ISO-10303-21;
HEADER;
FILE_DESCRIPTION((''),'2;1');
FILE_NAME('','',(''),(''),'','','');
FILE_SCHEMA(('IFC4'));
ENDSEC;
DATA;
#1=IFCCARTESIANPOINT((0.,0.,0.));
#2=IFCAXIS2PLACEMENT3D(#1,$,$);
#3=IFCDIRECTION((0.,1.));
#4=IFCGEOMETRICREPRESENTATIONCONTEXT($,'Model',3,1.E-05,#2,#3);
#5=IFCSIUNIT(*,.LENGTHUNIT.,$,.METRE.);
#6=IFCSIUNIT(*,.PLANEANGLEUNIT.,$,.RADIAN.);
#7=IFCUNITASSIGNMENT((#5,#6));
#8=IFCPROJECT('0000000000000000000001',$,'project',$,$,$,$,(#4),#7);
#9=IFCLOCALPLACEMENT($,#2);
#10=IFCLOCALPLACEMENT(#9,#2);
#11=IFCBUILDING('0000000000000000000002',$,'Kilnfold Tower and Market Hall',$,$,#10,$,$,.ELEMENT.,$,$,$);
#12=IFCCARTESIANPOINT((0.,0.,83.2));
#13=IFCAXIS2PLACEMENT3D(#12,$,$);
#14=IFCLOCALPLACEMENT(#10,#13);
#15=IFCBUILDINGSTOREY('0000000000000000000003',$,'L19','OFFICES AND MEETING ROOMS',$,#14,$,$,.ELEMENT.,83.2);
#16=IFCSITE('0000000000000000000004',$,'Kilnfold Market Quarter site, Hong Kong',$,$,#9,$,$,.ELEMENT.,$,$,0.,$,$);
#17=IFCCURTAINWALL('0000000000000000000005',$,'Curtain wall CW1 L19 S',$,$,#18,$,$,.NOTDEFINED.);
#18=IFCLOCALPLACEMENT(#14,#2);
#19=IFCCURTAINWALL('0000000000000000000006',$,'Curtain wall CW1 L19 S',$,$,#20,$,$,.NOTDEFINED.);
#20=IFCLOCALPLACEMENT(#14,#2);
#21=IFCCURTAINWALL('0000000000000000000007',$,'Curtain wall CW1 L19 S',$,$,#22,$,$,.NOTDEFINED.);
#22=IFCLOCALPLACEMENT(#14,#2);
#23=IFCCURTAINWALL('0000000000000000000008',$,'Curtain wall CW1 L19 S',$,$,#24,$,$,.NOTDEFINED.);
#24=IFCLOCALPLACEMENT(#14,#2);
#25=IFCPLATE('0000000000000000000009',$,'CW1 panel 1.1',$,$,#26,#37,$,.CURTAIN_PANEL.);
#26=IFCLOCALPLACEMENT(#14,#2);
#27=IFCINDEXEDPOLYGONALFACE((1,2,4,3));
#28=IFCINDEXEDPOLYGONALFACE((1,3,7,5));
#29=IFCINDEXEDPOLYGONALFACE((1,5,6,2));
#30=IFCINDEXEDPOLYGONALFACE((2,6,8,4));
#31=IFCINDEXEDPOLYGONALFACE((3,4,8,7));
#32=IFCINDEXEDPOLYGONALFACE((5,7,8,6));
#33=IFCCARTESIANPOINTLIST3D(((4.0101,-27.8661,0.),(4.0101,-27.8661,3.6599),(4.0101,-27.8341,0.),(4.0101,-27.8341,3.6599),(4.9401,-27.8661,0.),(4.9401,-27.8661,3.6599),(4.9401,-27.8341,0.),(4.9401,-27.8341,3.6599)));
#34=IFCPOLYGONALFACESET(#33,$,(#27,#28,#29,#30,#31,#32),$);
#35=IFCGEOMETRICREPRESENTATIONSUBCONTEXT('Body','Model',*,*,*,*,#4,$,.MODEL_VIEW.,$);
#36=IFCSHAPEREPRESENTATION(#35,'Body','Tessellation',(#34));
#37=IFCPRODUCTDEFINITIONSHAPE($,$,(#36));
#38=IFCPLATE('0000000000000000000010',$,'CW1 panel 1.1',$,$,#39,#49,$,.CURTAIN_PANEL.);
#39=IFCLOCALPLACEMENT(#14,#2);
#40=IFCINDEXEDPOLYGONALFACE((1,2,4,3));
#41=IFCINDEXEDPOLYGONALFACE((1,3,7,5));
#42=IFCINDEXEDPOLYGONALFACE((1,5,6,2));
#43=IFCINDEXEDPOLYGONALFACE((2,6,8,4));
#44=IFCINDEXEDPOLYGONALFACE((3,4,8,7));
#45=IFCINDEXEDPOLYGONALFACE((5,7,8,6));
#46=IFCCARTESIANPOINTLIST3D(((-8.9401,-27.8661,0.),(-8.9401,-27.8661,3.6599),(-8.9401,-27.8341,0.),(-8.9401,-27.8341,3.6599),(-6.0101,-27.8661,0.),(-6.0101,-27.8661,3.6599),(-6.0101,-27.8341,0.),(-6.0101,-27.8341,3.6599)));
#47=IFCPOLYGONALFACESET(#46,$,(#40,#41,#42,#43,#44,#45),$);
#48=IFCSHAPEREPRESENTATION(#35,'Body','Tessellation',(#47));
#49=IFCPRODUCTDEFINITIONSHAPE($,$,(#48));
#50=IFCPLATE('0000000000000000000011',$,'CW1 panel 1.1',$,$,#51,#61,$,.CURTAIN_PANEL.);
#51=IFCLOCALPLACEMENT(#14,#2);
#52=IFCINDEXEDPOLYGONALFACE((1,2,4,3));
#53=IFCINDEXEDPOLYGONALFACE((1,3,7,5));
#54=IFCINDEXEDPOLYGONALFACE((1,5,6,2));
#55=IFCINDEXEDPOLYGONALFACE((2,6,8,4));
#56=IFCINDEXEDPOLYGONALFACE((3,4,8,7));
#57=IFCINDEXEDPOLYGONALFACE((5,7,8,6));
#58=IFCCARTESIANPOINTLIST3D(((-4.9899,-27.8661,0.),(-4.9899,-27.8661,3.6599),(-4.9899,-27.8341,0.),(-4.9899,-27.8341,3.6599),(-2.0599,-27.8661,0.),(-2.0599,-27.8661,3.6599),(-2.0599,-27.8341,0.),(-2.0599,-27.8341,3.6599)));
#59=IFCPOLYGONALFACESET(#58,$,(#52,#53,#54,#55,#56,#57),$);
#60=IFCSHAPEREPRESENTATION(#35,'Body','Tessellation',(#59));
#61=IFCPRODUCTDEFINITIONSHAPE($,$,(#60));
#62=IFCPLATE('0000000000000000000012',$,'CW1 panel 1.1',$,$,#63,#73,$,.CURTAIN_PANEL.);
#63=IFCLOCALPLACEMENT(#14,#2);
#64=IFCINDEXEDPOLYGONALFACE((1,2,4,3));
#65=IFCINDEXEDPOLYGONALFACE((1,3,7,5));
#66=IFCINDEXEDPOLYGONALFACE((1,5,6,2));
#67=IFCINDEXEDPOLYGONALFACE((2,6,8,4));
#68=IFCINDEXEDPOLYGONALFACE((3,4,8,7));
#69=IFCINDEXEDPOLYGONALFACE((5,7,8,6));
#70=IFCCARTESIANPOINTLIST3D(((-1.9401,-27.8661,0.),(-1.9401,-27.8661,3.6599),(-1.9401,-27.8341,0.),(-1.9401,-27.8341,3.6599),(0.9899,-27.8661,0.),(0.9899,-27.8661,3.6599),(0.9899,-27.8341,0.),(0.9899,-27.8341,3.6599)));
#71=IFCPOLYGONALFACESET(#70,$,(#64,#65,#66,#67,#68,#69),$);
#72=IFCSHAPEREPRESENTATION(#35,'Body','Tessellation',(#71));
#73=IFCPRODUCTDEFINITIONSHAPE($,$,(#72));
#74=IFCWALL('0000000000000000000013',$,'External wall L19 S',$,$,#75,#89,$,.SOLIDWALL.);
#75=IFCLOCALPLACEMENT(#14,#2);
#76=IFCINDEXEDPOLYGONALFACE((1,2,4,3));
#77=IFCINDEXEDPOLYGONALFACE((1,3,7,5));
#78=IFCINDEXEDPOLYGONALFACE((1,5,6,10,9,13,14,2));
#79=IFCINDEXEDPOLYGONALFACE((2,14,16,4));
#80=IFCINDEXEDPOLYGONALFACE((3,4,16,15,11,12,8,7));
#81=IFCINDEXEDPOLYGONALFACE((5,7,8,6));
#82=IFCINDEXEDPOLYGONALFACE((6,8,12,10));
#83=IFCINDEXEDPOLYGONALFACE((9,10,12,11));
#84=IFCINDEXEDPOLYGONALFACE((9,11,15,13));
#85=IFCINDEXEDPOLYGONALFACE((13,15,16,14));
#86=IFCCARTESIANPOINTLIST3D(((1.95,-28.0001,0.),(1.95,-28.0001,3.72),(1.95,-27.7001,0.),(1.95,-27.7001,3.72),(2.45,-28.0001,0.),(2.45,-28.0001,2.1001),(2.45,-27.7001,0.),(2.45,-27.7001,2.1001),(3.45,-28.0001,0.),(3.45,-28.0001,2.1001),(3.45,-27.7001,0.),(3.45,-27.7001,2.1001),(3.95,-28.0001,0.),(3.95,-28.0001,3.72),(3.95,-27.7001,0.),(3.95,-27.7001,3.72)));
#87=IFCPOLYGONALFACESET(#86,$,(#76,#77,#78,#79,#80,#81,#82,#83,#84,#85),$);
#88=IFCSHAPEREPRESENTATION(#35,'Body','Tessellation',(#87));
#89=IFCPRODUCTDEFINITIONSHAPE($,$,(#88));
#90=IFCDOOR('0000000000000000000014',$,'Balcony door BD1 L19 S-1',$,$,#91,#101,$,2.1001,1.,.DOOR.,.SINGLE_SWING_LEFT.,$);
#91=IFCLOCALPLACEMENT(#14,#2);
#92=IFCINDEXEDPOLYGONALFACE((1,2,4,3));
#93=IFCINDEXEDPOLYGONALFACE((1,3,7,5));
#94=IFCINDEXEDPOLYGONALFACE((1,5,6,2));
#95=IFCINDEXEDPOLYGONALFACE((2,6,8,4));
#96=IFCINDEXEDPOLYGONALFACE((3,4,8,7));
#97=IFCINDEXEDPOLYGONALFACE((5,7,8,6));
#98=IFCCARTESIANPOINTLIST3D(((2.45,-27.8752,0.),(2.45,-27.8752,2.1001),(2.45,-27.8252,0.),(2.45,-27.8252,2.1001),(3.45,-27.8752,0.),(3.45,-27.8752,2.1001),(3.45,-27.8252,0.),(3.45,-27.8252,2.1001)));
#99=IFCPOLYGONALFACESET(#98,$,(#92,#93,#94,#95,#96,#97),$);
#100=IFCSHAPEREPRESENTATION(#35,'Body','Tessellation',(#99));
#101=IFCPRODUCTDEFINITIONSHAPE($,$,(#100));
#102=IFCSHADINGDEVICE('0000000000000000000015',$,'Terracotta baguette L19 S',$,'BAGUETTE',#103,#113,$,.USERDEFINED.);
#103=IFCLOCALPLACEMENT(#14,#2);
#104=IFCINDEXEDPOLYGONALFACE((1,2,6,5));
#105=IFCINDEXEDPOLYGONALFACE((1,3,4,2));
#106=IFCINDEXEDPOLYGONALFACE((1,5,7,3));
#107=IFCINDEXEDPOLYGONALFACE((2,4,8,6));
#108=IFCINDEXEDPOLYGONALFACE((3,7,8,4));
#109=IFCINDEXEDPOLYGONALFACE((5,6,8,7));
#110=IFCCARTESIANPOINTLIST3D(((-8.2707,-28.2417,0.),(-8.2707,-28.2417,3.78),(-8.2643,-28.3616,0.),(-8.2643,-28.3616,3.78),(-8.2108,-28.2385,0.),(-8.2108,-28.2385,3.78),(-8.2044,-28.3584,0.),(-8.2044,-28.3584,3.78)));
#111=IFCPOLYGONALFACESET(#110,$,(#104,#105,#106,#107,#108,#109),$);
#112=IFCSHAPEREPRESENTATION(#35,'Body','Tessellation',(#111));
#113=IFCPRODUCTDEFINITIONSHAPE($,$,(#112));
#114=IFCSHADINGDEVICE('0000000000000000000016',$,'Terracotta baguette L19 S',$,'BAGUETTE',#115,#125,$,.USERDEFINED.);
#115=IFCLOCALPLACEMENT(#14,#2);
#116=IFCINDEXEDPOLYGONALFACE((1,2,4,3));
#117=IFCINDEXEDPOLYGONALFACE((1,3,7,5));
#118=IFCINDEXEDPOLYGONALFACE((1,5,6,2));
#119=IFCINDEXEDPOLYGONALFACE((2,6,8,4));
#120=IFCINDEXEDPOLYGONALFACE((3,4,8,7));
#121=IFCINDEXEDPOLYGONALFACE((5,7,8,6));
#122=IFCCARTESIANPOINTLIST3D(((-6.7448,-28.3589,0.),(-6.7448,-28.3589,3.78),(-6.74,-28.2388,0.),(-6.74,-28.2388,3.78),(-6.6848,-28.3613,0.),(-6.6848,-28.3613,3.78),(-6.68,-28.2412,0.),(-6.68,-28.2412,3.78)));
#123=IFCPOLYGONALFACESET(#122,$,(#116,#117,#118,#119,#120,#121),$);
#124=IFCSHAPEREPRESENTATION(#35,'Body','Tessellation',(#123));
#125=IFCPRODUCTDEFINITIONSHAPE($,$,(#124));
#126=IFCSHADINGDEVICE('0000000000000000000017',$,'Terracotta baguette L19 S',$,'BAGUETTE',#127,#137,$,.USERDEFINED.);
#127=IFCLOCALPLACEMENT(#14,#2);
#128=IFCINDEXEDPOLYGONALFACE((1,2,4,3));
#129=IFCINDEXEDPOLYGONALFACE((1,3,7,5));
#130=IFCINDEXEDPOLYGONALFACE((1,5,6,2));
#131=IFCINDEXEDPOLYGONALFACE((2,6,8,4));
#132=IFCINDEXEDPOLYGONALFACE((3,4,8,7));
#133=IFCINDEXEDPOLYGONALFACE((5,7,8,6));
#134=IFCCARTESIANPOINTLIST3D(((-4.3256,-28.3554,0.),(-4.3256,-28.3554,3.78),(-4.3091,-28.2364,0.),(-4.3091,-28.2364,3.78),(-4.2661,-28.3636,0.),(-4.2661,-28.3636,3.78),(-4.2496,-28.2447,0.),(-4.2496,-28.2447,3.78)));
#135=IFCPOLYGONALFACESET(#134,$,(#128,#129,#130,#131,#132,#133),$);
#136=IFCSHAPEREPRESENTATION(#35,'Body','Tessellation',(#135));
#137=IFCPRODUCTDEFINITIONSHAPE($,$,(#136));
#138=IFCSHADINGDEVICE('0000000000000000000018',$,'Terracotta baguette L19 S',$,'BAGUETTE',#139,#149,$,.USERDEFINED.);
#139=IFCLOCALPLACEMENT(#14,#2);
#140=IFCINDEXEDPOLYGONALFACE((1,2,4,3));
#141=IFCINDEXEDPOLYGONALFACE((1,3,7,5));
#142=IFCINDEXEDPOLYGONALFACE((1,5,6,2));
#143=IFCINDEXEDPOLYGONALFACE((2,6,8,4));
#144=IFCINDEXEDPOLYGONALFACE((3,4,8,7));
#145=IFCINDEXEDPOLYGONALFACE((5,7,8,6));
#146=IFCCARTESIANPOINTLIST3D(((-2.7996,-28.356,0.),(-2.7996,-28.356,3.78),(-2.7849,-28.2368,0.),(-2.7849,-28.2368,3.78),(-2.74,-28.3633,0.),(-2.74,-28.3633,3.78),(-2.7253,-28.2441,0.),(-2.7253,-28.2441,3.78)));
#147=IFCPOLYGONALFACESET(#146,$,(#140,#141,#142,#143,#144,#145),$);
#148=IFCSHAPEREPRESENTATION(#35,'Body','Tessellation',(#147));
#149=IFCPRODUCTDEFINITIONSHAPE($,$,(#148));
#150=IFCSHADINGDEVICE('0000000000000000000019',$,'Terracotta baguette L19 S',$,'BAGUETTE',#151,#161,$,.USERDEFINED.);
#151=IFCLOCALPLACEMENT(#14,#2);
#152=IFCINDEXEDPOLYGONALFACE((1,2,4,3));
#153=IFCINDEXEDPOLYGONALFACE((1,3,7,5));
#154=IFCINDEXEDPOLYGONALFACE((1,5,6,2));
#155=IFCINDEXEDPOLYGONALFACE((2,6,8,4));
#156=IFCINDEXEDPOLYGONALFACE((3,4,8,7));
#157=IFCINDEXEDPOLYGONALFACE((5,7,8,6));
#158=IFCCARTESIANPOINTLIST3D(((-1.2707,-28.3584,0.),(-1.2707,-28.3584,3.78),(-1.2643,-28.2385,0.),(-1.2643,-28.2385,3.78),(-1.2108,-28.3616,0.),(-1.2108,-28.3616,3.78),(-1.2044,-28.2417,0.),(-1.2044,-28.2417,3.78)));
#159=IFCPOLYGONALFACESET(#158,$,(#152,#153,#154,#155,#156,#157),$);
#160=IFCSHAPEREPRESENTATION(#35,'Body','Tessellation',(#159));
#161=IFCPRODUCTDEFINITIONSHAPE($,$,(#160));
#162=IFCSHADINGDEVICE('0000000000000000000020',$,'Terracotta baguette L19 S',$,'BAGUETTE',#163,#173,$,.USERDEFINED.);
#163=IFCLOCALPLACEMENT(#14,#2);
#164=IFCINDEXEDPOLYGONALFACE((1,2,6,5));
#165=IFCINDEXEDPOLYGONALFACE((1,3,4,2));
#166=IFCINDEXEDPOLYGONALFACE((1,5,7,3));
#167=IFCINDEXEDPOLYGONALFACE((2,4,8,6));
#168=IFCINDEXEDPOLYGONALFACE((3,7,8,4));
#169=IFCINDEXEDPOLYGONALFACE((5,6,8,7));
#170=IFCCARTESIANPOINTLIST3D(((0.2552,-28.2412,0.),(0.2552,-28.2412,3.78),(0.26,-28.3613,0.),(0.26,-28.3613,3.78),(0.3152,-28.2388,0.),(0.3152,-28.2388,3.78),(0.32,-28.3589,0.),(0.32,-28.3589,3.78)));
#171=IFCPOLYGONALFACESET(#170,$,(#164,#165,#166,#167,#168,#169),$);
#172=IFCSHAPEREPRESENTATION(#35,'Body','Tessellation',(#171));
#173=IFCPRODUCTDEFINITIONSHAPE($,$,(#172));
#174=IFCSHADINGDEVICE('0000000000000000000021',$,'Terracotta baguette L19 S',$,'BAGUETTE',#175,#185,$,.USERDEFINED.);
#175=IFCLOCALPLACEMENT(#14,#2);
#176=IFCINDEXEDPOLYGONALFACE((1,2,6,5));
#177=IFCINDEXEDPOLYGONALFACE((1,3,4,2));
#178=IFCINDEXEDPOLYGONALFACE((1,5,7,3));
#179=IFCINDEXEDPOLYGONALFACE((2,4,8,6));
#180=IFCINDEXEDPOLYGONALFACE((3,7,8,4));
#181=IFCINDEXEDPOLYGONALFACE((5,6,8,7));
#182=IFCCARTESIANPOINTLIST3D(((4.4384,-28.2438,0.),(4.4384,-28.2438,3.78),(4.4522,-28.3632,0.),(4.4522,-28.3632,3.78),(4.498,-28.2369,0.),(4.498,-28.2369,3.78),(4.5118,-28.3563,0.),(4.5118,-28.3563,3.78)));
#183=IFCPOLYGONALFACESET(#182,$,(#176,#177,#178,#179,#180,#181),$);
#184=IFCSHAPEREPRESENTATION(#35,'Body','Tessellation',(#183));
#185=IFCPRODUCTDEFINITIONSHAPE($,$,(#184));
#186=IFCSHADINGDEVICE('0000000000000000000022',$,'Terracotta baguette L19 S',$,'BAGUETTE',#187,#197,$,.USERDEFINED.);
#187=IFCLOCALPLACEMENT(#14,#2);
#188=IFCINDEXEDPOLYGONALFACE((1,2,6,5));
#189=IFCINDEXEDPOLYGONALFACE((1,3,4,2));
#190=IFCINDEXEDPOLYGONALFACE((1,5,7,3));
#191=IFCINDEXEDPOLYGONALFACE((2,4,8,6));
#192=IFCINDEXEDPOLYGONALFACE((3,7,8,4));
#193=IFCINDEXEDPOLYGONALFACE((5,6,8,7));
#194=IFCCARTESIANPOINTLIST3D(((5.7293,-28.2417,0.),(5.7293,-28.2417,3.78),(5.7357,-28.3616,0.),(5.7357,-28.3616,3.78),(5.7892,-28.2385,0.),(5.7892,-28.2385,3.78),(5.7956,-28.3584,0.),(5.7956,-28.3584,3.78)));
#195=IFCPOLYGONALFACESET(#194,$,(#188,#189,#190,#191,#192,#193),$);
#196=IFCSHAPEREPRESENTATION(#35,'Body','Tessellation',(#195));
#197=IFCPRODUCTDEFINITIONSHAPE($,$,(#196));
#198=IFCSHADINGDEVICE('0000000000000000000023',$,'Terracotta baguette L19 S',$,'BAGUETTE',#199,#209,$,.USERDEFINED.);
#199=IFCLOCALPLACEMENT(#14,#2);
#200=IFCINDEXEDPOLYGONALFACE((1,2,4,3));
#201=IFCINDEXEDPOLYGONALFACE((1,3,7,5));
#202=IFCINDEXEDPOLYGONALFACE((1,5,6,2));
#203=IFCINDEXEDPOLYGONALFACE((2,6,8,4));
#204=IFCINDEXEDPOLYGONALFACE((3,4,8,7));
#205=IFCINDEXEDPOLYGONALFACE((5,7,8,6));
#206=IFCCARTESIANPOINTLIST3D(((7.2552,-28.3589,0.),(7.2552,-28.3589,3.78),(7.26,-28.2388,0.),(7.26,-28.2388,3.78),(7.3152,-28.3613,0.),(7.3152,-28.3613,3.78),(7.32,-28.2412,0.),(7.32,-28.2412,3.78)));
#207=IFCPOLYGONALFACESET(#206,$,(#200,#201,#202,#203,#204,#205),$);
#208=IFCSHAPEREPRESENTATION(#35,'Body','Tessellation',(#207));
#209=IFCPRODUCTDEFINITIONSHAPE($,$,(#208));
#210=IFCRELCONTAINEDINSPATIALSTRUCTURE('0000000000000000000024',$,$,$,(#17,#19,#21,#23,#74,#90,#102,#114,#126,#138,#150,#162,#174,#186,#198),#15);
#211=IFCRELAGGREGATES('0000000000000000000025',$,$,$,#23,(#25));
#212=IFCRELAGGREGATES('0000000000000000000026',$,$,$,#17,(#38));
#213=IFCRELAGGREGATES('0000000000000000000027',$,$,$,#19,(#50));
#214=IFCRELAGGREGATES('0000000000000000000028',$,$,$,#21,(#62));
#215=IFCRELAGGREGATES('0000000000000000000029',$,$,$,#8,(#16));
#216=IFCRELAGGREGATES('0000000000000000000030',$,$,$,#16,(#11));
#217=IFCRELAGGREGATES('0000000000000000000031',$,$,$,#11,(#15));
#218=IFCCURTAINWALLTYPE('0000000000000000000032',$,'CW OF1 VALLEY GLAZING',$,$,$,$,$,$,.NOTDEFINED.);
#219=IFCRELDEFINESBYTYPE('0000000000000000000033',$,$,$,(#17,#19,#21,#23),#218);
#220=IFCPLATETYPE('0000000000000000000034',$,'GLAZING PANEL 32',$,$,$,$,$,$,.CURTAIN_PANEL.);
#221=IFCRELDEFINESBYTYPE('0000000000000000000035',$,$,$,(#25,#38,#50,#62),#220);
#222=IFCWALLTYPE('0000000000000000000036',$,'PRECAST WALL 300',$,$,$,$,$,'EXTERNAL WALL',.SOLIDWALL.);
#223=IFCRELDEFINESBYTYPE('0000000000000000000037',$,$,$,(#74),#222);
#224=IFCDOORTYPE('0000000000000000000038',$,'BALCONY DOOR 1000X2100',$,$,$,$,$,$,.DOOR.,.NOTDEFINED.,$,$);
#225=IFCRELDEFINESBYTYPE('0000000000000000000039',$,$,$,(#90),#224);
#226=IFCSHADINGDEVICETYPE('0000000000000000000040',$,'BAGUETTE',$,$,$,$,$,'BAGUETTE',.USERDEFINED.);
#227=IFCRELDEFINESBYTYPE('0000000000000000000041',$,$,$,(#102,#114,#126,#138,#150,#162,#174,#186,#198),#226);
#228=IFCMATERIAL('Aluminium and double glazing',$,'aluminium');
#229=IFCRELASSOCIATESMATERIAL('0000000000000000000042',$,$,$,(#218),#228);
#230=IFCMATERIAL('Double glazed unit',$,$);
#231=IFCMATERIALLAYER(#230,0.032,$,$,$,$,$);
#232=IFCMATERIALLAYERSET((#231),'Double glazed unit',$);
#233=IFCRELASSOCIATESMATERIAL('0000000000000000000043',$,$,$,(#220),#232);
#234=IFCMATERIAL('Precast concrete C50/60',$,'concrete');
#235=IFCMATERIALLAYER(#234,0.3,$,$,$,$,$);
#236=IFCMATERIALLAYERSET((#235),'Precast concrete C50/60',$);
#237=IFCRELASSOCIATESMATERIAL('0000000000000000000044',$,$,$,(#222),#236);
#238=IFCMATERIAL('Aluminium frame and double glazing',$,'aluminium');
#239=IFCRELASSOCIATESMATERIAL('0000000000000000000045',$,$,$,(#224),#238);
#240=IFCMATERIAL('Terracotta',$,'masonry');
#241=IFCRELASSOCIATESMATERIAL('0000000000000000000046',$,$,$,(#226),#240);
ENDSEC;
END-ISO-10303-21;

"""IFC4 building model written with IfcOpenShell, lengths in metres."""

from ifc_helpers import new_model, si_unit, direction, frame, frame_2d, origin, origin_2d, place, context, subcontext, project, spatial, rectangle, extrude, source, transform, mapped, material, layer, layer_set, material_profile, profile_set, type_object, element, fill, aggregate, save


model = new_model("IFC4")

# Units and contexts
model_context = context("Model", 3, precision=1e-05, world=origin(), true_north=direction((0.0, 1.0)))
body_context = subcontext(model_context, "Body", "Model", "MODEL_VIEW")
ifc_project = project(units=[si_unit("LENGTHUNIT", "METRE"), si_unit("PLANEANGLEUNIT", "RADIAN")], contexts=[model_context])

# Site, building, storey
site_placement = place(None, origin())
site = spatial("IfcSite", under=ifc_project, at=site_placement, Name="Kilnfold Market Quarter site, Hong Kong", CompositionType="ELEMENT", RefElevation=0.0)
building_placement = place(site_placement, origin())
building = spatial("IfcBuilding", under=site, at=building_placement, Name="Kilnfold Tower and Market Hall", CompositionType="ELEMENT")
storey_placement = place(building_placement, frame((0.0, 0.0, 83.2)))
storey = spatial("IfcBuildingStorey", under=building, at=storey_placement, Name="L19", Description="OFFICES AND MEETING ROOMS", CompositionType="ELEMENT", Elevation=83.2)

# Shared definitions
ifc_material_1 = material(Name="Aluminium and double glazing", Category="aluminium")
curtain_wall_type = type_object("IfcCurtainWallType", Name="CW OF1 VALLEY GLAZING", PredefinedType="NOTDEFINED", material=ifc_material_1)

# Curtain walls
curtain_wall_1_placement = place(storey_placement, origin())
curtain_wall_1 = element("IfcCurtainWall", 1, at=curtain_wall_1_placement, inside=storey, type_object=curtain_wall_type, Name="Curtain wall CW1 L19 S", PredefinedType="NOTDEFINED")
curtain_wall_2_placement = place(storey_placement, origin())
curtain_wall_2 = element("IfcCurtainWall", 2, at=curtain_wall_2_placement, inside=storey, type_object=curtain_wall_type, Name="Curtain wall CW1 L19 S", PredefinedType="NOTDEFINED")
curtain_wall_3_placement = place(storey_placement, origin())
curtain_wall_3 = element("IfcCurtainWall", 3, at=curtain_wall_3_placement, inside=storey, type_object=curtain_wall_type, Name="Curtain wall CW1 L19 S", PredefinedType="NOTDEFINED")
curtain_wall_4_placement = place(storey_placement, origin())
curtain_wall_4 = element("IfcCurtainWall", 4, at=curtain_wall_4_placement, inside=storey, type_object=curtain_wall_type, Name="Curtain wall CW1 L19 S", PredefinedType="NOTDEFINED")

# Plates
ifc_material_2 = material(Name="Double glazed unit")
ifc_layer_1 = layer(ifc_material_2, 0.032)
ifc_layer_set_1 = layer_set([ifc_layer_1], Name="Double glazed unit")
plate_type = type_object("IfcPlateType", Name="GLAZING PANEL 32", PredefinedType="CURTAIN_PANEL", material=ifc_layer_set_1)
shared_shape_1 = source(origin(), body_context, "Body", "SweptSolid", [
    extrude(rectangle(XDim=0.9299, YDim=0.032, at=origin_2d()), origin(), (0.0, 0.0, 1.0), 3.6599),
])
plate_1_placement = place(storey_placement, frame((4.4751, -27.8501, 0.0), z_axis=(0.0, 0.0, 1.0), x_axis=(1.0, 0.0, 0.0)))
plate_1 = element("IfcPlate", 5, at=plate_1_placement, type_object=plate_type, Name="CW1 panel 1.1", PredefinedType="CURTAIN_PANEL", context=body_context, shape_type="MappedRepresentation", body=[
    mapped(shared_shape_1, transform((0.0, 0.0, 0.0))),
])
aggregate(curtain_wall_4, [plate_1])
shared_shape_2 = source(origin(), body_context, "Body", "SweptSolid", [
    extrude(rectangle(XDim=2.9299, YDim=0.032, at=origin_2d()), origin(), (0.0, 0.0, 1.0), 3.6599),
])
plate_2_placement = place(storey_placement, frame((-7.4751, -27.8501, 0.0), z_axis=(0.0, 0.0, 1.0), x_axis=(1.0, 0.0, 0.0)))
plate_2 = element("IfcPlate", 6, at=plate_2_placement, type_object=plate_type, Name="CW1 panel 1.1", PredefinedType="CURTAIN_PANEL", context=body_context, shape_type="MappedRepresentation", body=[
    mapped(shared_shape_2, transform((0.0, 0.0, 0.0))),
])
aggregate(curtain_wall_1, [plate_2])
plate_3_placement = place(storey_placement, frame((-3.5249, -27.8501, 0.0), z_axis=(0.0, 0.0, 1.0), x_axis=(1.0, 0.0, 0.0)))
plate_3 = element("IfcPlate", 7, at=plate_3_placement, type_object=plate_type, Name="CW1 panel 1.1", PredefinedType="CURTAIN_PANEL", context=body_context, shape_type="MappedRepresentation", body=[
    mapped(shared_shape_2, transform((0.0, 0.0, 0.0))),
])
aggregate(curtain_wall_2, [plate_3])
plate_4_placement = place(storey_placement, frame((-0.4751, -27.8501, 0.0), z_axis=(0.0, 0.0, 1.0), x_axis=(1.0, 0.0, 0.0)))
plate_4 = element("IfcPlate", 8, at=plate_4_placement, type_object=plate_type, Name="CW1 panel 1.1", PredefinedType="CURTAIN_PANEL", context=body_context, shape_type="MappedRepresentation", body=[
    mapped(shared_shape_2, transform((0.0, 0.0, 0.0))),
])
aggregate(curtain_wall_3, [plate_4])

# Wall, opening, door
ifc_material_3 = material(Name="Precast concrete C50/60", Category="concrete")
ifc_layer_2 = layer(ifc_material_3, 0.3)
ifc_layer_set_2 = layer_set([ifc_layer_2], Name="Precast concrete C50/60")
wall_type = type_object("IfcWallType", Name="PRECAST WALL 300", ElementType="EXTERNAL WALL", PredefinedType="SOLIDWALL", material=ifc_layer_set_2)
shared_shape_3 = source(origin(), body_context, "Body", "SweptSolid", [
    extrude(rectangle(XDim=2.0, YDim=0.3, at=frame_2d((1.0, 0.0))), origin(), (0.0, 0.0, 1.0), 3.72),
])
wall_placement = place(storey_placement, frame((1.95, -27.8501, 0.0), z_axis=(0.0, 0.0, 1.0), x_axis=(1.0, 0.0, 0.0)))
wall = element("IfcWall", 9, at=wall_placement, inside=storey, type_object=wall_type, Name="External wall L19 S", PredefinedType="SOLIDWALL", context=body_context, shape_type="MappedRepresentation", body=[
    mapped(shared_shape_3, transform((0.0, 0.0, 0.0))),
])
opening_placement = place(wall_placement, frame((0.5, 0.0, 0.0)))
opening = element("IfcOpeningElement", 10, at=opening_placement, cuts=wall, PredefinedType="OPENING", context=body_context, shape_type="SweptSolid", body=[
    extrude(rectangle(XDim=1.0, YDim=2.1001, at=frame_2d((0.5, 1.05))), frame((0.0, 0.1602, 0.0), z_axis=(0.0, -1.0, 0.0), x_axis=(1.0, 0.0, 0.0)), (0.0, 0.0, 1.0), 0.3201),
])
ifc_material_4 = material(Name="Aluminium frame and double glazing", Category="aluminium")
door_type = type_object("IfcDoorType", Name="BALCONY DOOR 1000X2100", OperationType="NOTDEFINED", PredefinedType="DOOR", material=ifc_material_4)
door_placement = place(opening_placement, origin())
door = element("IfcDoor", 11, at=door_placement, inside=storey, type_object=door_type, Name="Balcony door BD1 L19 S-1", OperationType="SINGLE_SWING_LEFT", OverallHeight=2.1001, OverallWidth=1.0, PredefinedType="DOOR", context=body_context, shape_type="SweptSolid", body=[
    extrude(rectangle(XDim=1.0, YDim=2.1001, at=frame_2d((0.5, 1.05))), frame((0.0, 0.0249, 0.0), z_axis=(0.0, -1.0, 0.0), x_axis=(1.0, 0.0, 0.0)), (0.0, 0.0, 1.0), 0.05),
])
fill(opening, door)

# Shading devices
ifc_material_5 = material(Name="Terracotta", Category="masonry")
ifc_material_profile_1 = material_profile(ifc_material_5, rectangle(XDim=0.0601, YDim=0.1201, at=origin_2d()), Name="BAG 60x120")
ifc_profile_set_1 = profile_set([ifc_material_profile_1], Name="Terracotta")
shading_device_type = type_object("IfcShadingDeviceType", Name="BAGUETTE", ElementType="BAGUETTE", PredefinedType="USERDEFINED", material=ifc_profile_set_1)
shared_shape_4 = source(origin(), body_context, "Body", "SweptSolid", [
    extrude(rectangle(XDim=0.0601, YDim=0.1201, at=origin_2d()), origin(), (0.0, 0.0, 1.0), 3.78),
])
for number, where, z_axis, x_axis, name in (
    (12, (-8.2375, -28.3, 0.0), (0.0, 0.0, 1.0), (0.998571, 0.053436, 0.0), "Terracotta baguette L19 S"),
    (13, (-6.7124, -28.3, 0.0), (0.0, 0.0, 1.0), (0.999195, -0.040116, 0.0), "Terracotta baguette L19 S"),
    (14, (-4.2876, -28.3, 0.0), (0.0, 0.0, 1.0), (0.990618, -0.13666, 0.0), "Terracotta baguette L19 S"),
    (15, (-2.7625, -28.3, 0.0), (0.0, 0.0, 1.0), (0.992449, -0.122659, 0.0), "Terracotta baguette L19 S"),
    (16, (-1.2375, -28.3, 0.0), (0.0, 0.0, 1.0), (0.998571, -0.053436, 0.0), "Terracotta baguette L19 S"),
    (17, (0.2876, -28.3, 0.0), (0.0, 0.0, 1.0), (0.999195, 0.040116, 0.0), "Terracotta baguette L19 S"),
    (18, (4.4751, -28.3, 0.0), (0.0, 0.0, 1.0), (0.993368, 0.11498, 0.0), "Terracotta baguette L19 S"),
    (19, (5.7625, -28.3, 0.0), (0.0, 0.0, 1.0), (0.998571, 0.053436, 0.0), "Terracotta baguette L19 S"),
    (20, (7.2876, -28.3, 0.0), (0.0, 0.0, 1.0), (0.999195, -0.040116, 0.0), "Terracotta baguette L19 S"),
):
    element("IfcShadingDevice", number, at=place(storey_placement, frame(where, z_axis=z_axis, x_axis=x_axis)), inside=storey, type_object=shading_device_type, Name=name, ObjectType="BAGUETTE", PredefinedType="USERDEFINED", context=body_context, shape_type="MappedRepresentation", body=[
        mapped(shared_shape_4, transform((0.0, 0.0, 0.0))),
    ])

save(model, "model.ifc")
